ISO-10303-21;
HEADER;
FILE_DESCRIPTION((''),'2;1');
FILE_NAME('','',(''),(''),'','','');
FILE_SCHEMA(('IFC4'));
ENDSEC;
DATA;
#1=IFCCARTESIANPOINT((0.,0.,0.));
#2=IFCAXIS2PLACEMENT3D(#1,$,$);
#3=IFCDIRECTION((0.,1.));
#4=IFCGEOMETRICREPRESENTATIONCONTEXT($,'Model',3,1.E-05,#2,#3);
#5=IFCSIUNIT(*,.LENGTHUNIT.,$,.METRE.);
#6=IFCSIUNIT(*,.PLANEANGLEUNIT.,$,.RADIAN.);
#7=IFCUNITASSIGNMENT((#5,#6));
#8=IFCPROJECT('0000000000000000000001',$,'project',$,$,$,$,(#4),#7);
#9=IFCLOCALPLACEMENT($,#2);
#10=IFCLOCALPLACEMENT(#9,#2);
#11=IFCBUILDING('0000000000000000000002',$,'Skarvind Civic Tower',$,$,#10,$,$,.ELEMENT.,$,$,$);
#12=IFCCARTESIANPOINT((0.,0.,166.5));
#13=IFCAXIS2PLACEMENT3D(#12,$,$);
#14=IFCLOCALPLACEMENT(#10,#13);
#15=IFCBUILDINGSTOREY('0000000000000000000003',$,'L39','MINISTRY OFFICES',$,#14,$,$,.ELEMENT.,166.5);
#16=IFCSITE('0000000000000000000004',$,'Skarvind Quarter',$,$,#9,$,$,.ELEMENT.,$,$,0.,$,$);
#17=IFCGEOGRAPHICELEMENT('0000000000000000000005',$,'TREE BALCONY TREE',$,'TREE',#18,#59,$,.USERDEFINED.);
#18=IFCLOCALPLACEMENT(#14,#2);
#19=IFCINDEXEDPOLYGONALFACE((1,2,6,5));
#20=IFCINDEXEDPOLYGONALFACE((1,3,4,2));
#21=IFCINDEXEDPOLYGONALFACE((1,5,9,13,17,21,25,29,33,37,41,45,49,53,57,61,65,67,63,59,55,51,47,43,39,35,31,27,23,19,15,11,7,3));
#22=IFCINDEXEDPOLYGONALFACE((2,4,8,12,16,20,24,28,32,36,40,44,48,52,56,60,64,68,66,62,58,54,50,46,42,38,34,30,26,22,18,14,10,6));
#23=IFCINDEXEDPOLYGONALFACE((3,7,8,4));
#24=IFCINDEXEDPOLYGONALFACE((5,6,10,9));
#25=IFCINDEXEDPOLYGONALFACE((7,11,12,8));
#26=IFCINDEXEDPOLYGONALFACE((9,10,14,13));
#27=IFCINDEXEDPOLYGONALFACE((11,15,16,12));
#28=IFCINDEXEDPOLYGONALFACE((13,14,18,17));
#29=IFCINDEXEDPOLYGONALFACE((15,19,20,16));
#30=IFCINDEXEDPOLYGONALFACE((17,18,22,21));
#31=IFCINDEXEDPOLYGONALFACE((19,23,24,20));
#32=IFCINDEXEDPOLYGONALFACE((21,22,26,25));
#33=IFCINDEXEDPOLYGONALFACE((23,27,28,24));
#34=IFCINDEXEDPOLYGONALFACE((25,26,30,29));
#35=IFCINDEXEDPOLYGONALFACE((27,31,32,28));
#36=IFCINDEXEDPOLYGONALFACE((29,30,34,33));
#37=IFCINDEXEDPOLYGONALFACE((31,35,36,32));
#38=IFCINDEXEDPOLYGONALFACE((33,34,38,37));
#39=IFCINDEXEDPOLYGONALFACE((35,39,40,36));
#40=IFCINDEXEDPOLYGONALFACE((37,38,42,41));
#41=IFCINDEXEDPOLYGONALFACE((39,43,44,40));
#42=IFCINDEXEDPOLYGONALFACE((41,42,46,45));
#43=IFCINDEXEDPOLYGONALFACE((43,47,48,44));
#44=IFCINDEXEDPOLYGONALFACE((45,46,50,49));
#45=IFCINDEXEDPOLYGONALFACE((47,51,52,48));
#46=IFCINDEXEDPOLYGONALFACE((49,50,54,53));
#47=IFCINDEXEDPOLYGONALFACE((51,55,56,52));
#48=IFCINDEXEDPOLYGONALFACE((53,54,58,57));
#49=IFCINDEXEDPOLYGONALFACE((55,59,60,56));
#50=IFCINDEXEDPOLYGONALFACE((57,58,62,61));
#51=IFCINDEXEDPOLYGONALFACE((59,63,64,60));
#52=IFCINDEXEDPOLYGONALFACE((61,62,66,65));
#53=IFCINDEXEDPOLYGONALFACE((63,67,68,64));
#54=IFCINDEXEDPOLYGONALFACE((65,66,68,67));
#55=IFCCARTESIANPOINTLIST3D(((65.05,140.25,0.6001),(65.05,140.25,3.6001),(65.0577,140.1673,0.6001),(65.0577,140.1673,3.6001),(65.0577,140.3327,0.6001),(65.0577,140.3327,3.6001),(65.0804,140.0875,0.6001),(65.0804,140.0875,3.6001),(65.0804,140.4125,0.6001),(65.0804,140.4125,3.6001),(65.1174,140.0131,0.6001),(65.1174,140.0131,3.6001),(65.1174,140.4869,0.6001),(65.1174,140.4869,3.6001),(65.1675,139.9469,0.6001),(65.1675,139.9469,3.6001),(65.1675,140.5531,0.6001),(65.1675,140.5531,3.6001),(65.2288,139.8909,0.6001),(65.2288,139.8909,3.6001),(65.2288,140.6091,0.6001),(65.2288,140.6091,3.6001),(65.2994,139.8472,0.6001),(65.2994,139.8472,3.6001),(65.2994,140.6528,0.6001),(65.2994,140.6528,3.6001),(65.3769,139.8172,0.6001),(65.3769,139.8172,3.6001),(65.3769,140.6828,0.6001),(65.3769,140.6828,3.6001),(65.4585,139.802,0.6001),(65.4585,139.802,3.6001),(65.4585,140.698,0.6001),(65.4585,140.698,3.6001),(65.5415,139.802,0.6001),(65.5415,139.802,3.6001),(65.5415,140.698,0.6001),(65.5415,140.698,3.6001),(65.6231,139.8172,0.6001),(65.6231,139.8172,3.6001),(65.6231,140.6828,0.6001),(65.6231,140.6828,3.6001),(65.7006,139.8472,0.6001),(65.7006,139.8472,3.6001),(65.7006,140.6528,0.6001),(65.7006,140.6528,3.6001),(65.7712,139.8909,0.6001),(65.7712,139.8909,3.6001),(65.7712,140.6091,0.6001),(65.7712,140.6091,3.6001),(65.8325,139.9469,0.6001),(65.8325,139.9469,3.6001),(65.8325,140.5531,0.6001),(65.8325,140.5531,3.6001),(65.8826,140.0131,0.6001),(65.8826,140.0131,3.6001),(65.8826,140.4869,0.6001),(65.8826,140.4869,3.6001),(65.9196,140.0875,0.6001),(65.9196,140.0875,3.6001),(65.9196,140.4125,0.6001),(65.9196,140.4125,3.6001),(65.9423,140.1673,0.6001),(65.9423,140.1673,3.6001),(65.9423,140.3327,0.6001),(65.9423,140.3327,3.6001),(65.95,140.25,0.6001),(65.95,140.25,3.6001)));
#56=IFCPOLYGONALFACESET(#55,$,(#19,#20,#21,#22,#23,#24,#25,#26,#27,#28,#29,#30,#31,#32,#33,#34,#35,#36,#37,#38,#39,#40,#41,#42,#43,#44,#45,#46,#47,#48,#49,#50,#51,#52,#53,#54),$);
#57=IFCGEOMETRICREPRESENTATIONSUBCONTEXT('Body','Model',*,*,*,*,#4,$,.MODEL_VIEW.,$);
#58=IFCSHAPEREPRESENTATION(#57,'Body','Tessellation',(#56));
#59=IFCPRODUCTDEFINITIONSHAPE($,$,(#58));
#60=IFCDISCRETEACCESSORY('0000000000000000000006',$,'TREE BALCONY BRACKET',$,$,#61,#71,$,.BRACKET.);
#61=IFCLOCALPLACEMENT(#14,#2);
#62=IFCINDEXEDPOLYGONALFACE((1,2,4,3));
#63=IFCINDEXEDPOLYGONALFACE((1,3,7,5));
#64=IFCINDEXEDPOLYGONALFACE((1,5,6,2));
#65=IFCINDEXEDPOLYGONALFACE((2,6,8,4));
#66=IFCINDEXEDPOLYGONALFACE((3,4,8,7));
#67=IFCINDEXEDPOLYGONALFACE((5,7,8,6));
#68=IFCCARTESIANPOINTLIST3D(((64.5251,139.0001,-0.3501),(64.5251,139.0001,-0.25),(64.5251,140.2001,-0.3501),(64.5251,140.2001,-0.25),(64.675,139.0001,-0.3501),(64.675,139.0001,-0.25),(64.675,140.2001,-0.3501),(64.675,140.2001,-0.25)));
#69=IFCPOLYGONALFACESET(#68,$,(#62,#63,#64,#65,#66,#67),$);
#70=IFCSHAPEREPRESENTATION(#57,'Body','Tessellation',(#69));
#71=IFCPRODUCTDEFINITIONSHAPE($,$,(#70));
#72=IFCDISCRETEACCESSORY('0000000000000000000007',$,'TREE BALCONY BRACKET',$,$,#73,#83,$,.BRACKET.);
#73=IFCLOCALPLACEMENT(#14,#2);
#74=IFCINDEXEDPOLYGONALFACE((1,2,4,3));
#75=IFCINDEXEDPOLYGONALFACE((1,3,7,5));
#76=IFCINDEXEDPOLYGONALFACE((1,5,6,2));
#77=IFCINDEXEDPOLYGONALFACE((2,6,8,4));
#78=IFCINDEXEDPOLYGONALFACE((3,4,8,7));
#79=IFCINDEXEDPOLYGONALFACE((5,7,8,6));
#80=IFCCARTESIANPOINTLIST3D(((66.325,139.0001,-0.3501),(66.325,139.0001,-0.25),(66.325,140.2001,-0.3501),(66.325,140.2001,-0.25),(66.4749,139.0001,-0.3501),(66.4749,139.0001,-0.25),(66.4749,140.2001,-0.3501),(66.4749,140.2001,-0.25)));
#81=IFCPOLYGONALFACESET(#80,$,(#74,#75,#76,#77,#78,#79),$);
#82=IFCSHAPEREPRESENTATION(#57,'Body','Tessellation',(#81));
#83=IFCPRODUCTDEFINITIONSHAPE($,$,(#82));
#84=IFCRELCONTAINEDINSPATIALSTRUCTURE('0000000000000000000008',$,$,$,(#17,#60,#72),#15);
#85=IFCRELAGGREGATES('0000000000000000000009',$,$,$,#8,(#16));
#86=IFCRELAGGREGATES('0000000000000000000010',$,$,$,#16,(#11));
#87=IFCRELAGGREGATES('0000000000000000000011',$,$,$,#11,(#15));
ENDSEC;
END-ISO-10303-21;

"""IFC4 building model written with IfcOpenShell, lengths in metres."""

from ifc_helpers import new_model, si_unit, direction, frame, origin, origin_2d, place, context, subcontext, project, spatial, rectangle, circle, extrude, element, save


model = new_model("IFC4")

# Units and contexts
model_context = context("Model", 3, precision=1e-05, world=origin(), true_north=direction((0.0, 1.0)))
body_context = subcontext(model_context, "Body", "Model", "MODEL_VIEW")
ifc_project = project(units=[si_unit("LENGTHUNIT", "METRE"), si_unit("PLANEANGLEUNIT", "RADIAN")], contexts=[model_context])

# Site, building, storey
site_placement = place(None, origin())
site = spatial("IfcSite", under=ifc_project, at=site_placement, Name="Skarvind Quarter", CompositionType="ELEMENT", RefElevation=0.0)
building_placement = place(site_placement, origin())
building = spatial("IfcBuilding", under=site, at=building_placement, Name="Skarvind Civic Tower", CompositionType="ELEMENT")
storey_placement = place(building_placement, frame((0.0, 0.0, 166.5)))
storey = spatial("IfcBuildingStorey", under=building, at=storey_placement, Name="L39", Description="MINISTRY OFFICES", CompositionType="ELEMENT", Elevation=166.5)

# Geographic element
geographic_element_placement = place(storey_placement, frame((65.5, 140.25, 0.6001), z_axis=(0.0, 0.0, 1.0), x_axis=(1.0, 0.0, 0.0)))
element("IfcGeographicElement", 1, at=geographic_element_placement, inside=storey, Name="TREE BALCONY TREE", ObjectType="TREE", PredefinedType="USERDEFINED", context=body_context, shape_type="SweptSolid", body=[
    extrude(circle(Radius=0.45, at=origin_2d()), origin(), (0.0, 0.0, 1.0), 3.0),
])

# Discrete accessories
for number, where, z_axis, x_axis, name in (
    (2, (64.6001, 139.6001, -0.3501), (0.0, 0.0, 1.0), (1.0, 0.0, 0.0), "TREE BALCONY BRACKET"),
    (3, (66.3999, 139.6001, -0.3501), (0.0, 0.0, 1.0), (1.0, 0.0, 0.0), "TREE BALCONY BRACKET"),
):
    element("IfcDiscreteAccessory", number, at=place(storey_placement, frame(where, z_axis=z_axis, x_axis=x_axis)), inside=storey, Name=name, PredefinedType="BRACKET", context=body_context, shape_type="SweptSolid", body=[
        extrude(rectangle(XDim=0.1499, YDim=1.2, at=origin_2d()), origin(), (0.0, 0.0, 1.0), 0.1001),
    ])

save(model, "model.ifc")
